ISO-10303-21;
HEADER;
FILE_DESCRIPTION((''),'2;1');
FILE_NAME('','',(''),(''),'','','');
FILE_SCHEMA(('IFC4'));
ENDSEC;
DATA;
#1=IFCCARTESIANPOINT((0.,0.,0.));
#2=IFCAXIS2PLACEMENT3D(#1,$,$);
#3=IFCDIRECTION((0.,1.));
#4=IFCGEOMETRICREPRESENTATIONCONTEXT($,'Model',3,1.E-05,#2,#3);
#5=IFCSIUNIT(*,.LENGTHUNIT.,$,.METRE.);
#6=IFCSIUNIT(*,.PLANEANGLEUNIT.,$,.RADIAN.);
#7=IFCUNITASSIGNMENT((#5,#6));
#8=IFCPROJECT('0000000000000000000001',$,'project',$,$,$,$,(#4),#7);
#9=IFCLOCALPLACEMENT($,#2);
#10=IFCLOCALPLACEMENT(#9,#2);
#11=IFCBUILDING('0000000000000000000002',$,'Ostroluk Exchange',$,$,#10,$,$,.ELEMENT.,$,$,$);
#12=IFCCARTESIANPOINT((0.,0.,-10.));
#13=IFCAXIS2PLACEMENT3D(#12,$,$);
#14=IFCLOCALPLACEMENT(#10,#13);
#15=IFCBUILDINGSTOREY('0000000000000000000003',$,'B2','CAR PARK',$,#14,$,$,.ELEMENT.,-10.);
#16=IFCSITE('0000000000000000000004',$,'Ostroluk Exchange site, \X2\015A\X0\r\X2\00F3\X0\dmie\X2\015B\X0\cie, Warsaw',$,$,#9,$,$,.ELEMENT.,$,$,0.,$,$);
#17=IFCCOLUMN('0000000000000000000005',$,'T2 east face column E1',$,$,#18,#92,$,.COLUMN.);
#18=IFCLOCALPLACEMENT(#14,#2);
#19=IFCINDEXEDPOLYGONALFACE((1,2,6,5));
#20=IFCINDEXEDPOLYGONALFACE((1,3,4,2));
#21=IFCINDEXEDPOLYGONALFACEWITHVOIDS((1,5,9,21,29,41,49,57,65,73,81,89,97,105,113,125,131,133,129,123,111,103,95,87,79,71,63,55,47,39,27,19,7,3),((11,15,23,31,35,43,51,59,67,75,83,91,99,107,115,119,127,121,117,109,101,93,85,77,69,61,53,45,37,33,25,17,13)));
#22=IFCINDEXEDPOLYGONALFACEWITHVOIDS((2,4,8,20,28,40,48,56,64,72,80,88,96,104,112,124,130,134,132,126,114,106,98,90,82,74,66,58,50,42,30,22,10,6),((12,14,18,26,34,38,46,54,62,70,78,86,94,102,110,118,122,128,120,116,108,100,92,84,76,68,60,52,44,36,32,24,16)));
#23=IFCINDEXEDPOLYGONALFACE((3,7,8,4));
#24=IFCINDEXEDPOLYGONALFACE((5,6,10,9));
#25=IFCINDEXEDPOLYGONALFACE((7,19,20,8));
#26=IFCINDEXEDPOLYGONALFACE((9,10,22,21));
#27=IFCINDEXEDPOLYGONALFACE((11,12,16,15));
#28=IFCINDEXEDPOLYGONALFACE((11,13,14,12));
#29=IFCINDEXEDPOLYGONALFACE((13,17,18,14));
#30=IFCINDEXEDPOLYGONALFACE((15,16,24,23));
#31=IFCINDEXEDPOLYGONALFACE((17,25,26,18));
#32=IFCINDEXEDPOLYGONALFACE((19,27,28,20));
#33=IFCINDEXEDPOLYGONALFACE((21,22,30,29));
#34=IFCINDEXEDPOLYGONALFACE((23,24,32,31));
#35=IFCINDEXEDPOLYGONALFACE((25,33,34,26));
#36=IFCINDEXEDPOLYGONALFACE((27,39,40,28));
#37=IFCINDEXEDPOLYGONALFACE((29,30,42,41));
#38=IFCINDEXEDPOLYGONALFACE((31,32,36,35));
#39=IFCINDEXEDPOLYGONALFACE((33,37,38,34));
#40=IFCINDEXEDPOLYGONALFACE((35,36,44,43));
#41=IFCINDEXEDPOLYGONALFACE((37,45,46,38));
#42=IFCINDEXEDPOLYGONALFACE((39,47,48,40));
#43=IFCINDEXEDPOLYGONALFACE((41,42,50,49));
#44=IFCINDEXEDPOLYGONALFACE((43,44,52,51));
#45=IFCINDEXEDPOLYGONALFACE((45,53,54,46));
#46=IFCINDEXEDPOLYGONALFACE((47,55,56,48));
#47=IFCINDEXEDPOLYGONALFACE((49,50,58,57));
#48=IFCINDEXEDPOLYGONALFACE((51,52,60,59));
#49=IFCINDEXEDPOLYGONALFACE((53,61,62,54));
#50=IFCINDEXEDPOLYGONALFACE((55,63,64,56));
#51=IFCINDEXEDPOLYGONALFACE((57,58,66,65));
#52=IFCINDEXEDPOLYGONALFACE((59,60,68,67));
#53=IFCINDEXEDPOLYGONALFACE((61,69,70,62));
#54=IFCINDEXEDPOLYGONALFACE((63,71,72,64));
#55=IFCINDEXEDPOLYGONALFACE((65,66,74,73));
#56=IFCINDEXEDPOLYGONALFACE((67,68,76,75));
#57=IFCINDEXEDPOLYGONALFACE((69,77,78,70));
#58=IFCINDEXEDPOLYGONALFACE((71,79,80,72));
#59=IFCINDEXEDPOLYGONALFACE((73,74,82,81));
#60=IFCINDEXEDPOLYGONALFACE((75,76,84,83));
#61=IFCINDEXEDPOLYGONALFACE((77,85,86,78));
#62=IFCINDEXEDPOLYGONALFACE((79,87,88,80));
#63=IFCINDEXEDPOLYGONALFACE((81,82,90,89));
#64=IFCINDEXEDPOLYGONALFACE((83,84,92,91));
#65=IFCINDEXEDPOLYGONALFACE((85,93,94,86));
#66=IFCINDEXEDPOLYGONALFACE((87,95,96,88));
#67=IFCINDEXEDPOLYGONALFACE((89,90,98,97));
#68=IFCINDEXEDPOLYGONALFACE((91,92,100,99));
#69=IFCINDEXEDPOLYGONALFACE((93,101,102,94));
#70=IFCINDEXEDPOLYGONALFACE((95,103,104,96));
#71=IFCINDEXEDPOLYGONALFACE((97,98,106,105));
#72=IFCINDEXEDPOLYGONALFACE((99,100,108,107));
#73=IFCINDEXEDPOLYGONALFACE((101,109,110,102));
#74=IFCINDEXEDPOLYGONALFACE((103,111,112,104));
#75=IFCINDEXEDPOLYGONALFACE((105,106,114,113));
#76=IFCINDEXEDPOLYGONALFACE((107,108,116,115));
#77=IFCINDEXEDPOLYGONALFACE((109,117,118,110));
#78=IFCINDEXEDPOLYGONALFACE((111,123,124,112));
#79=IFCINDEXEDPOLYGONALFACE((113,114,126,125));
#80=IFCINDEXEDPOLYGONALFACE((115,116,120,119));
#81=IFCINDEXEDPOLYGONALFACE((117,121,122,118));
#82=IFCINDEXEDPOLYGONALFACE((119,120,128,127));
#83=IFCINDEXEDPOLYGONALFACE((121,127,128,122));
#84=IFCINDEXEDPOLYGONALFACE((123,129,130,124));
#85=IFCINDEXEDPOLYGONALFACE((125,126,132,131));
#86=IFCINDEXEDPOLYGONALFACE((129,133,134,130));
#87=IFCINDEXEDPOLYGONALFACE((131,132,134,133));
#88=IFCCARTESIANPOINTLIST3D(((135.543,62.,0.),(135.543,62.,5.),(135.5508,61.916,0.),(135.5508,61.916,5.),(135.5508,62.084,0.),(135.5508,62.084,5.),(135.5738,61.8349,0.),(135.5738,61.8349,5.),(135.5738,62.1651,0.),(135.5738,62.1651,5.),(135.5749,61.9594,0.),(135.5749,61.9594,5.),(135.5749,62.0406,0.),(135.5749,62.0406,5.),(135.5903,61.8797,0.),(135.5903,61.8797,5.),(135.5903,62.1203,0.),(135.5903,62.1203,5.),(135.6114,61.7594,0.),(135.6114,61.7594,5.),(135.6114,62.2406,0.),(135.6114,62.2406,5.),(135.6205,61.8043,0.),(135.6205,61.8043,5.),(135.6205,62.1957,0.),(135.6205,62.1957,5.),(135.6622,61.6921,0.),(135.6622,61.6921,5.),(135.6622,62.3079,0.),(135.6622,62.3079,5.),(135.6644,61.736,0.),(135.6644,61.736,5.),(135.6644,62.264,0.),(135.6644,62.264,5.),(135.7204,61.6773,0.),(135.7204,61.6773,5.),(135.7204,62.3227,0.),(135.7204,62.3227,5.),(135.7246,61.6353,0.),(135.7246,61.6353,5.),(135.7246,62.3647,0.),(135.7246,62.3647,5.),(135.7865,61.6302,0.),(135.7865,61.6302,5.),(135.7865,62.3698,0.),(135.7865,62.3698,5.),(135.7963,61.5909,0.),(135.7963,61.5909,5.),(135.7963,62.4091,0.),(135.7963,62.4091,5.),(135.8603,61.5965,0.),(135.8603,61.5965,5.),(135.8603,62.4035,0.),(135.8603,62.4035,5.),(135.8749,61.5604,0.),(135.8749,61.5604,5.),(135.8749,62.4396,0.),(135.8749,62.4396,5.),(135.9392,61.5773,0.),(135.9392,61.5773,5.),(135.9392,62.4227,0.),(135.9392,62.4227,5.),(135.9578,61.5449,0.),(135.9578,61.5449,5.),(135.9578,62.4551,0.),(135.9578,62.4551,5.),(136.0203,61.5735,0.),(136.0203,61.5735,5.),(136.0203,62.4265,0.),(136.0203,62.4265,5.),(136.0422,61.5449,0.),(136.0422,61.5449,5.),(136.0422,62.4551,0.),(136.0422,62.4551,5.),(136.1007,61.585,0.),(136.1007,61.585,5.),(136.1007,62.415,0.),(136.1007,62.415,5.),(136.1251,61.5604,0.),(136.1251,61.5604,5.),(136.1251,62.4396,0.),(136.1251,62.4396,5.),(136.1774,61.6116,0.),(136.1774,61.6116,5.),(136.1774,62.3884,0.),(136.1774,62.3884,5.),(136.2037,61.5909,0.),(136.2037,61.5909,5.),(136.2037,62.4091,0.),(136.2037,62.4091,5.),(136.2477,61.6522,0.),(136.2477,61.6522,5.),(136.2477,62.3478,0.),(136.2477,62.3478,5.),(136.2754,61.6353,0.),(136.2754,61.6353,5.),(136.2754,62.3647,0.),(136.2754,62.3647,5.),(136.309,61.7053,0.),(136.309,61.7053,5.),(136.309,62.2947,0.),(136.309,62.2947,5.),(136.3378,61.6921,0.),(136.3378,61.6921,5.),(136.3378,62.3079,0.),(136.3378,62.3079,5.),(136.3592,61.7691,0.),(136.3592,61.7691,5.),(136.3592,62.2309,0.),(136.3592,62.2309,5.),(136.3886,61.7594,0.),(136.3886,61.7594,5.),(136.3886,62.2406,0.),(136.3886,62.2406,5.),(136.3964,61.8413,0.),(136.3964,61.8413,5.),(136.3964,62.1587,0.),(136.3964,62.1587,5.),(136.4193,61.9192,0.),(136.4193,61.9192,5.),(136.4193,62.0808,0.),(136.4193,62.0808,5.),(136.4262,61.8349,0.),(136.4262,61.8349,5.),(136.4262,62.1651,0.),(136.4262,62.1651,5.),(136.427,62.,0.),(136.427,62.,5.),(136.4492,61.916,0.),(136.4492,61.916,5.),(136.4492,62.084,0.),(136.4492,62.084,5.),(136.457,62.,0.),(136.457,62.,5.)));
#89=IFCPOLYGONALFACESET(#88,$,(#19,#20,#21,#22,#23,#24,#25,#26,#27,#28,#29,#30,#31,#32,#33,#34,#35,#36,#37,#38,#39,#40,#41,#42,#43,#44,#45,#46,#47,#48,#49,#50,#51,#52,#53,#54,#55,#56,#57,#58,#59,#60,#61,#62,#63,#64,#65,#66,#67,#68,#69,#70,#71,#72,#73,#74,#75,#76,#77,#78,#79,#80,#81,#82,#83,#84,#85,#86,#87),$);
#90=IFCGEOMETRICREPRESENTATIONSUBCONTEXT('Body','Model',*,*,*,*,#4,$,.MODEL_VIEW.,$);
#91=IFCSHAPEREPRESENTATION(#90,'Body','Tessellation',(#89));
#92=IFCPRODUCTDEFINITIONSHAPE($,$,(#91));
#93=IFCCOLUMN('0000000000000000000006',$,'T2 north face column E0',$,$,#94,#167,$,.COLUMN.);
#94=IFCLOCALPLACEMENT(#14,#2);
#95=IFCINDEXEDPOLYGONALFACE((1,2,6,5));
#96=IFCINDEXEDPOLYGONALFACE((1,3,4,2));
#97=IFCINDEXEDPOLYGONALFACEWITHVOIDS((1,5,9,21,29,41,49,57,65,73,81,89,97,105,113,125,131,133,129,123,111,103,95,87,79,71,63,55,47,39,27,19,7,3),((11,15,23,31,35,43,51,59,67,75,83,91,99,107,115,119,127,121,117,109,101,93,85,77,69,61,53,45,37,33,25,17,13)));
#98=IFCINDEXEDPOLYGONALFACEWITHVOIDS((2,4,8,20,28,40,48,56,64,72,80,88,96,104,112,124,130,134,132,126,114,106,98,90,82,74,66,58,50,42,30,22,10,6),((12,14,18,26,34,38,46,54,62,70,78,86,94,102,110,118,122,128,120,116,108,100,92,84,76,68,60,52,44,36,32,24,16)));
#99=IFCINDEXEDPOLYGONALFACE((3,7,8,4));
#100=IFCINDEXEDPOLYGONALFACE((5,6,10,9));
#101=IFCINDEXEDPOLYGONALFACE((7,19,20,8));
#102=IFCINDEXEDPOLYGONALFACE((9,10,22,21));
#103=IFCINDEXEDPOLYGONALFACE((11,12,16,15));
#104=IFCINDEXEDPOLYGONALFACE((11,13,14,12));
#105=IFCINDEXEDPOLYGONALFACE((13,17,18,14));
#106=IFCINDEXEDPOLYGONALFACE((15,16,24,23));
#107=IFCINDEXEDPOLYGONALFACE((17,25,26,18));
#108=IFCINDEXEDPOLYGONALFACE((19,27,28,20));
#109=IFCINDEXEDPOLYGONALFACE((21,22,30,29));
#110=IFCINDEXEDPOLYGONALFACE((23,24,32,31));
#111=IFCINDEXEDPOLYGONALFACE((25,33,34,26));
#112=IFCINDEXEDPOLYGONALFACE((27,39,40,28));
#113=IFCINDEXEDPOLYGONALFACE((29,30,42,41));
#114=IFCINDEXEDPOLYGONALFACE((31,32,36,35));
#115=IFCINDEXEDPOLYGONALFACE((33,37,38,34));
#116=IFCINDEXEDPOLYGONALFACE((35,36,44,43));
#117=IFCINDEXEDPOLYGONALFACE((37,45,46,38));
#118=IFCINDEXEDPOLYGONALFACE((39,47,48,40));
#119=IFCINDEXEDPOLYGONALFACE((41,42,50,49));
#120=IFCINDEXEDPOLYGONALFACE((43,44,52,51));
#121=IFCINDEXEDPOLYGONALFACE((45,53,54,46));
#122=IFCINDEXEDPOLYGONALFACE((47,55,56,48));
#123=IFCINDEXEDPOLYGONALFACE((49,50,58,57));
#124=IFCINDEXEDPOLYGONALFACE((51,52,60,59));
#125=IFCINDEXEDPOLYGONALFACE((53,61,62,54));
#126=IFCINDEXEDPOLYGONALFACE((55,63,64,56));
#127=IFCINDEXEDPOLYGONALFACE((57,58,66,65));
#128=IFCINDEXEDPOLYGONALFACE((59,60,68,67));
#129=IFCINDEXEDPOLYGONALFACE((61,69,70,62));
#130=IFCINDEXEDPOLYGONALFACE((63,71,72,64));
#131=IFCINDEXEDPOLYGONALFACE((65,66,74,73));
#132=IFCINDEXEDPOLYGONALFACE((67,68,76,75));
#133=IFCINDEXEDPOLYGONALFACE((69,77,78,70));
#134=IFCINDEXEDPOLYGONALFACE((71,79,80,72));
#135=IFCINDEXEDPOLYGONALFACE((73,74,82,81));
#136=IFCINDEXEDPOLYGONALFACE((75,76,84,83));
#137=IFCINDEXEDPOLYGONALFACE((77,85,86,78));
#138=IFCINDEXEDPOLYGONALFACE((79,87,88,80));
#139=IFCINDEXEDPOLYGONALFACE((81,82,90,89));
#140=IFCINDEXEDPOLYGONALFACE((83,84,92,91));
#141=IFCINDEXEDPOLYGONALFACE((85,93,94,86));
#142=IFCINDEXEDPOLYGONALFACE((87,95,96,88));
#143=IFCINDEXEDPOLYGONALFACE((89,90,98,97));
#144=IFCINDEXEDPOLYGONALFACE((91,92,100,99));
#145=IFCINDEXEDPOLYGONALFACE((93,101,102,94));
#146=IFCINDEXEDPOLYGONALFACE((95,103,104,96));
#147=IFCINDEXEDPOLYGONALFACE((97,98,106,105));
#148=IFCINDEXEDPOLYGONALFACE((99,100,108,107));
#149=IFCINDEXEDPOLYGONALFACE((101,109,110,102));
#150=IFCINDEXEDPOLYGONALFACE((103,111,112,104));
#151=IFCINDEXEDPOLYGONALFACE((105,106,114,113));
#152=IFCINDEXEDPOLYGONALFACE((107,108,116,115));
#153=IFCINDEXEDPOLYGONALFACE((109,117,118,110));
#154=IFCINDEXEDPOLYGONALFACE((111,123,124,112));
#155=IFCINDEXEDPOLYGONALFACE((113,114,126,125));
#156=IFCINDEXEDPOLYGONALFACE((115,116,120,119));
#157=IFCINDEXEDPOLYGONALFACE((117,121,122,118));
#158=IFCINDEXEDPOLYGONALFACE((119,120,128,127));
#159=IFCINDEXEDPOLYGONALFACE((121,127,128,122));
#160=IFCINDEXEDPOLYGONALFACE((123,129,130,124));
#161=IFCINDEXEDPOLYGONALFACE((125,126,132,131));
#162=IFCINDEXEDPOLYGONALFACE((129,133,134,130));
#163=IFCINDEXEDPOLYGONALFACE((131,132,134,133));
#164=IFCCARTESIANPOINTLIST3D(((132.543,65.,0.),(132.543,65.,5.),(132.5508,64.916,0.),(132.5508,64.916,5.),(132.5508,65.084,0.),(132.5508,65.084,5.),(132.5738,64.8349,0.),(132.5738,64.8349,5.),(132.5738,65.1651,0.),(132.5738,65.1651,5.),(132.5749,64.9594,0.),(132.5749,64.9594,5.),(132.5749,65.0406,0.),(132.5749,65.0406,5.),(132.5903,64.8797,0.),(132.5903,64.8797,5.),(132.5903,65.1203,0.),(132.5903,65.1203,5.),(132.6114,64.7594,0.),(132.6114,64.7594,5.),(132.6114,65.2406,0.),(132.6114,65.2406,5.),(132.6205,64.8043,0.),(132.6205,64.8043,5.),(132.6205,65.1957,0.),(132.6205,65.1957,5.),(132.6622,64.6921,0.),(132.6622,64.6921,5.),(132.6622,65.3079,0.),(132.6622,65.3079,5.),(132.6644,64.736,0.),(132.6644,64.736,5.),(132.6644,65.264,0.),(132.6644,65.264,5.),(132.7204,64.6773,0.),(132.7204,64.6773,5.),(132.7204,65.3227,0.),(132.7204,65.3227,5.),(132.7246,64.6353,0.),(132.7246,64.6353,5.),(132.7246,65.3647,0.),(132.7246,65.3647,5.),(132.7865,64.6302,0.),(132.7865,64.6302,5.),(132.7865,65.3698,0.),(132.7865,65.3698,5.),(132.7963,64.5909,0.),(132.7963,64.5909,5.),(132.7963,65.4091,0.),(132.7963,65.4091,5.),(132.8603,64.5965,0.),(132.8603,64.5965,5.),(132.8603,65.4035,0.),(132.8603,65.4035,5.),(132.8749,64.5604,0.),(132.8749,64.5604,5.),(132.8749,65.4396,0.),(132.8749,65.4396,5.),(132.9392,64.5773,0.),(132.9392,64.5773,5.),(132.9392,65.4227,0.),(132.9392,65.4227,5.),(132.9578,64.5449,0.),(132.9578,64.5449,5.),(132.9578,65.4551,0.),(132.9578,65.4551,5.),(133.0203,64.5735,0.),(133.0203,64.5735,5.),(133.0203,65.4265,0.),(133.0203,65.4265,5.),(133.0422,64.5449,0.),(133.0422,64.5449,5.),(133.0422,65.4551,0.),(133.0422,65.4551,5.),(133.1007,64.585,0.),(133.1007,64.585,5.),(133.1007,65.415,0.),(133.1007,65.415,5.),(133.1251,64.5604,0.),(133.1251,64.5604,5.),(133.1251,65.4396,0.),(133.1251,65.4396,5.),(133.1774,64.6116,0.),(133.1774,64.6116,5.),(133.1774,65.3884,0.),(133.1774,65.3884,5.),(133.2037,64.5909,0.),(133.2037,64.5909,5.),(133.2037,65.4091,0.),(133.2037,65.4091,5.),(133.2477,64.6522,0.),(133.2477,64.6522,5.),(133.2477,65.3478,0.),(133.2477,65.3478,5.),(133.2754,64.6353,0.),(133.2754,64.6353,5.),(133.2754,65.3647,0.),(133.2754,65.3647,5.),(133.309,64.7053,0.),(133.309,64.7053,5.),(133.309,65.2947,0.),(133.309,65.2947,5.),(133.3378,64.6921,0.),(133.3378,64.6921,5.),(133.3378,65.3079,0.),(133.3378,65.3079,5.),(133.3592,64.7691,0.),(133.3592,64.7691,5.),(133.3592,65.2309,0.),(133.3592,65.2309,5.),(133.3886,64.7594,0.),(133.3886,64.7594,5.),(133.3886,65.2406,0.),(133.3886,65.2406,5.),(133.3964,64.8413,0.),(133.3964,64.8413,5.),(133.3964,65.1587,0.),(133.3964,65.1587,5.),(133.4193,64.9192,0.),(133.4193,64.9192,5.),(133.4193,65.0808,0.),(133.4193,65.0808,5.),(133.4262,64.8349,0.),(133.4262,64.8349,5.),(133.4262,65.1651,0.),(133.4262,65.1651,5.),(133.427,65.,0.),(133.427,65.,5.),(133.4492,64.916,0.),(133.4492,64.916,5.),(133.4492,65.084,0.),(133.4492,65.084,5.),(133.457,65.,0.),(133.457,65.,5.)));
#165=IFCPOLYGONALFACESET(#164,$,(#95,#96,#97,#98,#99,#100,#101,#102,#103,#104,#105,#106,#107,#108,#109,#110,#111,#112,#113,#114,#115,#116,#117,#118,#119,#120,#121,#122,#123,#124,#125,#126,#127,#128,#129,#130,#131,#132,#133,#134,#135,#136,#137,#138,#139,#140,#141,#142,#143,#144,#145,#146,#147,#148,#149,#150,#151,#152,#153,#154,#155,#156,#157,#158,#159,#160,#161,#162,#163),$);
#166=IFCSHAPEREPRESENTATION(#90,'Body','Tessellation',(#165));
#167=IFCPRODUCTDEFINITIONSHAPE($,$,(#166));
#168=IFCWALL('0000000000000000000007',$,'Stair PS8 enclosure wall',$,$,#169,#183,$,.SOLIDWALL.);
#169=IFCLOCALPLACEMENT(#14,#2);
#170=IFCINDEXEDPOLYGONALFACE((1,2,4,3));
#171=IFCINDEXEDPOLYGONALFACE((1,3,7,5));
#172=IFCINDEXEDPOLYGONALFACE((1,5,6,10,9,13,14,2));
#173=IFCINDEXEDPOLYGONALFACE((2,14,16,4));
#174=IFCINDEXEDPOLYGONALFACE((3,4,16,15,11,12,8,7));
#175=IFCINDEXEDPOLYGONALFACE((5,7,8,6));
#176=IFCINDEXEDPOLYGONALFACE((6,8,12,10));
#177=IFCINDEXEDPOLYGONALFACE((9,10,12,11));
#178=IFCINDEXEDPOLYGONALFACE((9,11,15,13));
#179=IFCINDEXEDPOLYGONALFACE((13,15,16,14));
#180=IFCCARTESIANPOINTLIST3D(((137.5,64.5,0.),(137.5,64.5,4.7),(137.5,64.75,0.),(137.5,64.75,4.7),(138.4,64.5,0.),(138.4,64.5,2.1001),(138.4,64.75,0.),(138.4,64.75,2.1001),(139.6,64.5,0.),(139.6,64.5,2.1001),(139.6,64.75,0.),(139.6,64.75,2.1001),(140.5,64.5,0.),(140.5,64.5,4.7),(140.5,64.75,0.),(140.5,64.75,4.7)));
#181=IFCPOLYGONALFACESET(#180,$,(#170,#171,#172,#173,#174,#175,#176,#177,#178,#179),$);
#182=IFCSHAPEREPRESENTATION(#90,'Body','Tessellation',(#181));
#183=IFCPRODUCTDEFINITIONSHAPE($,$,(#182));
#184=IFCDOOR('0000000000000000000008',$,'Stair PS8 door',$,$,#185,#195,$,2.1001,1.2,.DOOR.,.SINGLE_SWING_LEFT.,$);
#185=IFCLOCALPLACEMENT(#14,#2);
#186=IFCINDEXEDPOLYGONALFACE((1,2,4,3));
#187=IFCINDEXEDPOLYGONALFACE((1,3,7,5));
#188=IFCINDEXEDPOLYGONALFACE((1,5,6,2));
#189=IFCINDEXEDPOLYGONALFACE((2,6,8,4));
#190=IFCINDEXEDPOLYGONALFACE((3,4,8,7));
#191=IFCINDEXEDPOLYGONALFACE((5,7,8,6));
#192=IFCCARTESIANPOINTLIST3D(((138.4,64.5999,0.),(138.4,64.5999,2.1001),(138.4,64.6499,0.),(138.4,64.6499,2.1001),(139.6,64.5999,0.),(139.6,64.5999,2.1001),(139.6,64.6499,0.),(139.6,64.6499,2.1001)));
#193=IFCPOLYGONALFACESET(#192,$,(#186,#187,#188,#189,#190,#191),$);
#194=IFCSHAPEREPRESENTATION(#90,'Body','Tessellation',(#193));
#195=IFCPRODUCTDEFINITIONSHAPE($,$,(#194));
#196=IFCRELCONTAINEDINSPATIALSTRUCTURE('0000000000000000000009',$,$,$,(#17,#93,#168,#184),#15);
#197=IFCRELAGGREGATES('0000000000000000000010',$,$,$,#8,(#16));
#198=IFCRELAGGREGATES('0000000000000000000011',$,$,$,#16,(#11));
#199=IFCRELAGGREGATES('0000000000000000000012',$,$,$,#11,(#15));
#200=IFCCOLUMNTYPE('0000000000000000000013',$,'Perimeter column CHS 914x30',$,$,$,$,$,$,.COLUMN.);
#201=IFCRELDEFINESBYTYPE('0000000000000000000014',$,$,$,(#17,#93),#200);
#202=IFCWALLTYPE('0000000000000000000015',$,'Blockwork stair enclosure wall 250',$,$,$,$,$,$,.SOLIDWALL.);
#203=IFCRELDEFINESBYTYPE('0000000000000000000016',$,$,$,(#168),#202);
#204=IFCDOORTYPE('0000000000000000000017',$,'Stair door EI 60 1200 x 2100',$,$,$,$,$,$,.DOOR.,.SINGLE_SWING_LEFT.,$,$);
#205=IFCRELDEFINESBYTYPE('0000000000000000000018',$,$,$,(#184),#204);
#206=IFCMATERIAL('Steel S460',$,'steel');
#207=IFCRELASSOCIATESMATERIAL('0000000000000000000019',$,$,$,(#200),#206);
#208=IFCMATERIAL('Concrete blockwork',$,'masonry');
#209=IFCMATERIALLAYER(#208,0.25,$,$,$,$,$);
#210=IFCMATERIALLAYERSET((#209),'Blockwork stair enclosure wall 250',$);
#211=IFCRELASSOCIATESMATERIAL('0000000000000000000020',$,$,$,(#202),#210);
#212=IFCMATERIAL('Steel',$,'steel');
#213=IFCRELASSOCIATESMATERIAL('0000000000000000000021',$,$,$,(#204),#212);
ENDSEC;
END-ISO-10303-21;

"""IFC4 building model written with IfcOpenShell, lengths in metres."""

from ifc_helpers import new_model, si_unit, direction, frame, frame_2d, origin, origin_2d, place, context, subcontext, project, spatial, rectangle, hollow_circle, extrude, material, layer, layer_set, material_profile, profile_set, type_object, element, fill, save


model = new_model("IFC4")

# Units and contexts
model_context = context("Model", 3, precision=1e-05, world=origin(), true_north=direction((0.0, 1.0)))
body_context = subcontext(model_context, "Body", "Model", "MODEL_VIEW")
ifc_project = project(units=[si_unit("LENGTHUNIT", "METRE"), si_unit("PLANEANGLEUNIT", "RADIAN")], contexts=[model_context])

# Site, building, storey
site_placement = place(None, origin())
site = spatial("IfcSite", under=ifc_project, at=site_placement, Name="Ostroluk Exchange site, Śródmieście, Warsaw", CompositionType="ELEMENT", RefElevation=0.0)
building_placement = place(site_placement, origin())
building = spatial("IfcBuilding", under=site, at=building_placement, Name="Ostroluk Exchange", CompositionType="ELEMENT")
storey_placement = place(building_placement, frame((0.0, 0.0, -10.0)))
storey = spatial("IfcBuildingStorey", under=building, at=storey_placement, Name="B2", Description="CAR PARK", CompositionType="ELEMENT", Elevation=-10.0)

# Columns
ifc_material_1 = material(Name="Steel S460", Category="steel")
ifc_material_profile_1 = material_profile(ifc_material_1, hollow_circle(Radius=0.457, WallThickness=0.03, at=origin_2d()), Name="CHS 914x30")
ifc_profile_set_1 = profile_set([ifc_material_profile_1], Name="Steel S460")
column_type_1 = type_object("IfcColumnType", Name="Perimeter column CHS 914x30", PredefinedType="COLUMN", material=ifc_profile_set_1)
for number, where, z_axis, x_axis, name in (
    (1, (136.0, 62.0, 0.0), (0.0, 0.0, 1.0), (1.0, 0.0, 0.0), "T2 east face column E1"),
    (2, (133.0, 65.0, 0.0), (0.0, 0.0, 1.0), (1.0, 0.0, 0.0), "T2 north face column E0"),
):
    element("IfcColumn", number, at=place(storey_placement, frame(where, z_axis=z_axis, x_axis=x_axis)), inside=storey, type_object=column_type_1, Name=name, PredefinedType="COLUMN", context=body_context, shape_type="SweptSolid", body=[
        extrude(hollow_circle(Radius=0.457, WallThickness=0.03, at=origin_2d()), origin(), (0.0, 0.0, 1.0), 5.0),
    ])

# Wall, opening, door
ifc_material_2 = material(Name="Concrete blockwork", Category="masonry")
ifc_layer = layer(ifc_material_2, 0.25)
ifc_layer_set = layer_set([ifc_layer], Name="Blockwork stair enclosure wall 250")
wall_type = type_object("IfcWallType", Name="Blockwork stair enclosure wall 250", PredefinedType="SOLIDWALL", material=ifc_layer_set)
wall_placement = place(storey_placement, frame((137.5, 64.625, 0.0), z_axis=(0.0, 0.0, 1.0), x_axis=(1.0, 0.0, 0.0)))
wall = element("IfcWall", 3, at=wall_placement, inside=storey, type_object=wall_type, Name="Stair PS8 enclosure wall", PredefinedType="SOLIDWALL", context=body_context, shape_type="SweptSolid", body=[
    extrude(rectangle(XDim=3.0, YDim=0.25, at=frame_2d((1.5, 0.0))), origin(), (0.0, 0.0, 1.0), 4.7),
])
opening_placement = place(wall_placement, frame((0.8999, 0.0, 0.0)))
opening = element("IfcOpeningElement", 4, at=opening_placement, cuts=wall, PredefinedType="OPENING", context=body_context, shape_type="SweptSolid", body=[
    extrude(rectangle(XDim=1.2, YDim=2.1001, at=frame_2d((0.6001, 1.05))), frame((0.0, 0.135, 0.0), z_axis=(0.0, -1.0, 0.0), x_axis=(1.0, 0.0, 0.0)), (0.0, 0.0, 1.0), 0.27),
])
ifc_material_3 = material(Name="Steel", Category="steel")
door_type = type_object("IfcDoorType", Name="Stair door EI 60 1200 x 2100", OperationType="SINGLE_SWING_LEFT", PredefinedType="DOOR", material=ifc_material_3)
door_placement = place(opening_placement, origin())
door = element("IfcDoor", 5, at=door_placement, inside=storey, type_object=door_type, Name="Stair PS8 door", OperationType="SINGLE_SWING_LEFT", OverallHeight=2.1001, OverallWidth=1.2, PredefinedType="DOOR", context=body_context, shape_type="SweptSolid", body=[
    extrude(rectangle(XDim=1.2, YDim=2.1001, at=frame_2d((0.6001, 1.05))), frame((0.0, 0.0249, 0.0), z_axis=(0.0, -1.0, 0.0), x_axis=(1.0, 0.0, 0.0)), (0.0, 0.0, 1.0), 0.05),
])
fill(opening, door)

save(model, "model.ifc")
